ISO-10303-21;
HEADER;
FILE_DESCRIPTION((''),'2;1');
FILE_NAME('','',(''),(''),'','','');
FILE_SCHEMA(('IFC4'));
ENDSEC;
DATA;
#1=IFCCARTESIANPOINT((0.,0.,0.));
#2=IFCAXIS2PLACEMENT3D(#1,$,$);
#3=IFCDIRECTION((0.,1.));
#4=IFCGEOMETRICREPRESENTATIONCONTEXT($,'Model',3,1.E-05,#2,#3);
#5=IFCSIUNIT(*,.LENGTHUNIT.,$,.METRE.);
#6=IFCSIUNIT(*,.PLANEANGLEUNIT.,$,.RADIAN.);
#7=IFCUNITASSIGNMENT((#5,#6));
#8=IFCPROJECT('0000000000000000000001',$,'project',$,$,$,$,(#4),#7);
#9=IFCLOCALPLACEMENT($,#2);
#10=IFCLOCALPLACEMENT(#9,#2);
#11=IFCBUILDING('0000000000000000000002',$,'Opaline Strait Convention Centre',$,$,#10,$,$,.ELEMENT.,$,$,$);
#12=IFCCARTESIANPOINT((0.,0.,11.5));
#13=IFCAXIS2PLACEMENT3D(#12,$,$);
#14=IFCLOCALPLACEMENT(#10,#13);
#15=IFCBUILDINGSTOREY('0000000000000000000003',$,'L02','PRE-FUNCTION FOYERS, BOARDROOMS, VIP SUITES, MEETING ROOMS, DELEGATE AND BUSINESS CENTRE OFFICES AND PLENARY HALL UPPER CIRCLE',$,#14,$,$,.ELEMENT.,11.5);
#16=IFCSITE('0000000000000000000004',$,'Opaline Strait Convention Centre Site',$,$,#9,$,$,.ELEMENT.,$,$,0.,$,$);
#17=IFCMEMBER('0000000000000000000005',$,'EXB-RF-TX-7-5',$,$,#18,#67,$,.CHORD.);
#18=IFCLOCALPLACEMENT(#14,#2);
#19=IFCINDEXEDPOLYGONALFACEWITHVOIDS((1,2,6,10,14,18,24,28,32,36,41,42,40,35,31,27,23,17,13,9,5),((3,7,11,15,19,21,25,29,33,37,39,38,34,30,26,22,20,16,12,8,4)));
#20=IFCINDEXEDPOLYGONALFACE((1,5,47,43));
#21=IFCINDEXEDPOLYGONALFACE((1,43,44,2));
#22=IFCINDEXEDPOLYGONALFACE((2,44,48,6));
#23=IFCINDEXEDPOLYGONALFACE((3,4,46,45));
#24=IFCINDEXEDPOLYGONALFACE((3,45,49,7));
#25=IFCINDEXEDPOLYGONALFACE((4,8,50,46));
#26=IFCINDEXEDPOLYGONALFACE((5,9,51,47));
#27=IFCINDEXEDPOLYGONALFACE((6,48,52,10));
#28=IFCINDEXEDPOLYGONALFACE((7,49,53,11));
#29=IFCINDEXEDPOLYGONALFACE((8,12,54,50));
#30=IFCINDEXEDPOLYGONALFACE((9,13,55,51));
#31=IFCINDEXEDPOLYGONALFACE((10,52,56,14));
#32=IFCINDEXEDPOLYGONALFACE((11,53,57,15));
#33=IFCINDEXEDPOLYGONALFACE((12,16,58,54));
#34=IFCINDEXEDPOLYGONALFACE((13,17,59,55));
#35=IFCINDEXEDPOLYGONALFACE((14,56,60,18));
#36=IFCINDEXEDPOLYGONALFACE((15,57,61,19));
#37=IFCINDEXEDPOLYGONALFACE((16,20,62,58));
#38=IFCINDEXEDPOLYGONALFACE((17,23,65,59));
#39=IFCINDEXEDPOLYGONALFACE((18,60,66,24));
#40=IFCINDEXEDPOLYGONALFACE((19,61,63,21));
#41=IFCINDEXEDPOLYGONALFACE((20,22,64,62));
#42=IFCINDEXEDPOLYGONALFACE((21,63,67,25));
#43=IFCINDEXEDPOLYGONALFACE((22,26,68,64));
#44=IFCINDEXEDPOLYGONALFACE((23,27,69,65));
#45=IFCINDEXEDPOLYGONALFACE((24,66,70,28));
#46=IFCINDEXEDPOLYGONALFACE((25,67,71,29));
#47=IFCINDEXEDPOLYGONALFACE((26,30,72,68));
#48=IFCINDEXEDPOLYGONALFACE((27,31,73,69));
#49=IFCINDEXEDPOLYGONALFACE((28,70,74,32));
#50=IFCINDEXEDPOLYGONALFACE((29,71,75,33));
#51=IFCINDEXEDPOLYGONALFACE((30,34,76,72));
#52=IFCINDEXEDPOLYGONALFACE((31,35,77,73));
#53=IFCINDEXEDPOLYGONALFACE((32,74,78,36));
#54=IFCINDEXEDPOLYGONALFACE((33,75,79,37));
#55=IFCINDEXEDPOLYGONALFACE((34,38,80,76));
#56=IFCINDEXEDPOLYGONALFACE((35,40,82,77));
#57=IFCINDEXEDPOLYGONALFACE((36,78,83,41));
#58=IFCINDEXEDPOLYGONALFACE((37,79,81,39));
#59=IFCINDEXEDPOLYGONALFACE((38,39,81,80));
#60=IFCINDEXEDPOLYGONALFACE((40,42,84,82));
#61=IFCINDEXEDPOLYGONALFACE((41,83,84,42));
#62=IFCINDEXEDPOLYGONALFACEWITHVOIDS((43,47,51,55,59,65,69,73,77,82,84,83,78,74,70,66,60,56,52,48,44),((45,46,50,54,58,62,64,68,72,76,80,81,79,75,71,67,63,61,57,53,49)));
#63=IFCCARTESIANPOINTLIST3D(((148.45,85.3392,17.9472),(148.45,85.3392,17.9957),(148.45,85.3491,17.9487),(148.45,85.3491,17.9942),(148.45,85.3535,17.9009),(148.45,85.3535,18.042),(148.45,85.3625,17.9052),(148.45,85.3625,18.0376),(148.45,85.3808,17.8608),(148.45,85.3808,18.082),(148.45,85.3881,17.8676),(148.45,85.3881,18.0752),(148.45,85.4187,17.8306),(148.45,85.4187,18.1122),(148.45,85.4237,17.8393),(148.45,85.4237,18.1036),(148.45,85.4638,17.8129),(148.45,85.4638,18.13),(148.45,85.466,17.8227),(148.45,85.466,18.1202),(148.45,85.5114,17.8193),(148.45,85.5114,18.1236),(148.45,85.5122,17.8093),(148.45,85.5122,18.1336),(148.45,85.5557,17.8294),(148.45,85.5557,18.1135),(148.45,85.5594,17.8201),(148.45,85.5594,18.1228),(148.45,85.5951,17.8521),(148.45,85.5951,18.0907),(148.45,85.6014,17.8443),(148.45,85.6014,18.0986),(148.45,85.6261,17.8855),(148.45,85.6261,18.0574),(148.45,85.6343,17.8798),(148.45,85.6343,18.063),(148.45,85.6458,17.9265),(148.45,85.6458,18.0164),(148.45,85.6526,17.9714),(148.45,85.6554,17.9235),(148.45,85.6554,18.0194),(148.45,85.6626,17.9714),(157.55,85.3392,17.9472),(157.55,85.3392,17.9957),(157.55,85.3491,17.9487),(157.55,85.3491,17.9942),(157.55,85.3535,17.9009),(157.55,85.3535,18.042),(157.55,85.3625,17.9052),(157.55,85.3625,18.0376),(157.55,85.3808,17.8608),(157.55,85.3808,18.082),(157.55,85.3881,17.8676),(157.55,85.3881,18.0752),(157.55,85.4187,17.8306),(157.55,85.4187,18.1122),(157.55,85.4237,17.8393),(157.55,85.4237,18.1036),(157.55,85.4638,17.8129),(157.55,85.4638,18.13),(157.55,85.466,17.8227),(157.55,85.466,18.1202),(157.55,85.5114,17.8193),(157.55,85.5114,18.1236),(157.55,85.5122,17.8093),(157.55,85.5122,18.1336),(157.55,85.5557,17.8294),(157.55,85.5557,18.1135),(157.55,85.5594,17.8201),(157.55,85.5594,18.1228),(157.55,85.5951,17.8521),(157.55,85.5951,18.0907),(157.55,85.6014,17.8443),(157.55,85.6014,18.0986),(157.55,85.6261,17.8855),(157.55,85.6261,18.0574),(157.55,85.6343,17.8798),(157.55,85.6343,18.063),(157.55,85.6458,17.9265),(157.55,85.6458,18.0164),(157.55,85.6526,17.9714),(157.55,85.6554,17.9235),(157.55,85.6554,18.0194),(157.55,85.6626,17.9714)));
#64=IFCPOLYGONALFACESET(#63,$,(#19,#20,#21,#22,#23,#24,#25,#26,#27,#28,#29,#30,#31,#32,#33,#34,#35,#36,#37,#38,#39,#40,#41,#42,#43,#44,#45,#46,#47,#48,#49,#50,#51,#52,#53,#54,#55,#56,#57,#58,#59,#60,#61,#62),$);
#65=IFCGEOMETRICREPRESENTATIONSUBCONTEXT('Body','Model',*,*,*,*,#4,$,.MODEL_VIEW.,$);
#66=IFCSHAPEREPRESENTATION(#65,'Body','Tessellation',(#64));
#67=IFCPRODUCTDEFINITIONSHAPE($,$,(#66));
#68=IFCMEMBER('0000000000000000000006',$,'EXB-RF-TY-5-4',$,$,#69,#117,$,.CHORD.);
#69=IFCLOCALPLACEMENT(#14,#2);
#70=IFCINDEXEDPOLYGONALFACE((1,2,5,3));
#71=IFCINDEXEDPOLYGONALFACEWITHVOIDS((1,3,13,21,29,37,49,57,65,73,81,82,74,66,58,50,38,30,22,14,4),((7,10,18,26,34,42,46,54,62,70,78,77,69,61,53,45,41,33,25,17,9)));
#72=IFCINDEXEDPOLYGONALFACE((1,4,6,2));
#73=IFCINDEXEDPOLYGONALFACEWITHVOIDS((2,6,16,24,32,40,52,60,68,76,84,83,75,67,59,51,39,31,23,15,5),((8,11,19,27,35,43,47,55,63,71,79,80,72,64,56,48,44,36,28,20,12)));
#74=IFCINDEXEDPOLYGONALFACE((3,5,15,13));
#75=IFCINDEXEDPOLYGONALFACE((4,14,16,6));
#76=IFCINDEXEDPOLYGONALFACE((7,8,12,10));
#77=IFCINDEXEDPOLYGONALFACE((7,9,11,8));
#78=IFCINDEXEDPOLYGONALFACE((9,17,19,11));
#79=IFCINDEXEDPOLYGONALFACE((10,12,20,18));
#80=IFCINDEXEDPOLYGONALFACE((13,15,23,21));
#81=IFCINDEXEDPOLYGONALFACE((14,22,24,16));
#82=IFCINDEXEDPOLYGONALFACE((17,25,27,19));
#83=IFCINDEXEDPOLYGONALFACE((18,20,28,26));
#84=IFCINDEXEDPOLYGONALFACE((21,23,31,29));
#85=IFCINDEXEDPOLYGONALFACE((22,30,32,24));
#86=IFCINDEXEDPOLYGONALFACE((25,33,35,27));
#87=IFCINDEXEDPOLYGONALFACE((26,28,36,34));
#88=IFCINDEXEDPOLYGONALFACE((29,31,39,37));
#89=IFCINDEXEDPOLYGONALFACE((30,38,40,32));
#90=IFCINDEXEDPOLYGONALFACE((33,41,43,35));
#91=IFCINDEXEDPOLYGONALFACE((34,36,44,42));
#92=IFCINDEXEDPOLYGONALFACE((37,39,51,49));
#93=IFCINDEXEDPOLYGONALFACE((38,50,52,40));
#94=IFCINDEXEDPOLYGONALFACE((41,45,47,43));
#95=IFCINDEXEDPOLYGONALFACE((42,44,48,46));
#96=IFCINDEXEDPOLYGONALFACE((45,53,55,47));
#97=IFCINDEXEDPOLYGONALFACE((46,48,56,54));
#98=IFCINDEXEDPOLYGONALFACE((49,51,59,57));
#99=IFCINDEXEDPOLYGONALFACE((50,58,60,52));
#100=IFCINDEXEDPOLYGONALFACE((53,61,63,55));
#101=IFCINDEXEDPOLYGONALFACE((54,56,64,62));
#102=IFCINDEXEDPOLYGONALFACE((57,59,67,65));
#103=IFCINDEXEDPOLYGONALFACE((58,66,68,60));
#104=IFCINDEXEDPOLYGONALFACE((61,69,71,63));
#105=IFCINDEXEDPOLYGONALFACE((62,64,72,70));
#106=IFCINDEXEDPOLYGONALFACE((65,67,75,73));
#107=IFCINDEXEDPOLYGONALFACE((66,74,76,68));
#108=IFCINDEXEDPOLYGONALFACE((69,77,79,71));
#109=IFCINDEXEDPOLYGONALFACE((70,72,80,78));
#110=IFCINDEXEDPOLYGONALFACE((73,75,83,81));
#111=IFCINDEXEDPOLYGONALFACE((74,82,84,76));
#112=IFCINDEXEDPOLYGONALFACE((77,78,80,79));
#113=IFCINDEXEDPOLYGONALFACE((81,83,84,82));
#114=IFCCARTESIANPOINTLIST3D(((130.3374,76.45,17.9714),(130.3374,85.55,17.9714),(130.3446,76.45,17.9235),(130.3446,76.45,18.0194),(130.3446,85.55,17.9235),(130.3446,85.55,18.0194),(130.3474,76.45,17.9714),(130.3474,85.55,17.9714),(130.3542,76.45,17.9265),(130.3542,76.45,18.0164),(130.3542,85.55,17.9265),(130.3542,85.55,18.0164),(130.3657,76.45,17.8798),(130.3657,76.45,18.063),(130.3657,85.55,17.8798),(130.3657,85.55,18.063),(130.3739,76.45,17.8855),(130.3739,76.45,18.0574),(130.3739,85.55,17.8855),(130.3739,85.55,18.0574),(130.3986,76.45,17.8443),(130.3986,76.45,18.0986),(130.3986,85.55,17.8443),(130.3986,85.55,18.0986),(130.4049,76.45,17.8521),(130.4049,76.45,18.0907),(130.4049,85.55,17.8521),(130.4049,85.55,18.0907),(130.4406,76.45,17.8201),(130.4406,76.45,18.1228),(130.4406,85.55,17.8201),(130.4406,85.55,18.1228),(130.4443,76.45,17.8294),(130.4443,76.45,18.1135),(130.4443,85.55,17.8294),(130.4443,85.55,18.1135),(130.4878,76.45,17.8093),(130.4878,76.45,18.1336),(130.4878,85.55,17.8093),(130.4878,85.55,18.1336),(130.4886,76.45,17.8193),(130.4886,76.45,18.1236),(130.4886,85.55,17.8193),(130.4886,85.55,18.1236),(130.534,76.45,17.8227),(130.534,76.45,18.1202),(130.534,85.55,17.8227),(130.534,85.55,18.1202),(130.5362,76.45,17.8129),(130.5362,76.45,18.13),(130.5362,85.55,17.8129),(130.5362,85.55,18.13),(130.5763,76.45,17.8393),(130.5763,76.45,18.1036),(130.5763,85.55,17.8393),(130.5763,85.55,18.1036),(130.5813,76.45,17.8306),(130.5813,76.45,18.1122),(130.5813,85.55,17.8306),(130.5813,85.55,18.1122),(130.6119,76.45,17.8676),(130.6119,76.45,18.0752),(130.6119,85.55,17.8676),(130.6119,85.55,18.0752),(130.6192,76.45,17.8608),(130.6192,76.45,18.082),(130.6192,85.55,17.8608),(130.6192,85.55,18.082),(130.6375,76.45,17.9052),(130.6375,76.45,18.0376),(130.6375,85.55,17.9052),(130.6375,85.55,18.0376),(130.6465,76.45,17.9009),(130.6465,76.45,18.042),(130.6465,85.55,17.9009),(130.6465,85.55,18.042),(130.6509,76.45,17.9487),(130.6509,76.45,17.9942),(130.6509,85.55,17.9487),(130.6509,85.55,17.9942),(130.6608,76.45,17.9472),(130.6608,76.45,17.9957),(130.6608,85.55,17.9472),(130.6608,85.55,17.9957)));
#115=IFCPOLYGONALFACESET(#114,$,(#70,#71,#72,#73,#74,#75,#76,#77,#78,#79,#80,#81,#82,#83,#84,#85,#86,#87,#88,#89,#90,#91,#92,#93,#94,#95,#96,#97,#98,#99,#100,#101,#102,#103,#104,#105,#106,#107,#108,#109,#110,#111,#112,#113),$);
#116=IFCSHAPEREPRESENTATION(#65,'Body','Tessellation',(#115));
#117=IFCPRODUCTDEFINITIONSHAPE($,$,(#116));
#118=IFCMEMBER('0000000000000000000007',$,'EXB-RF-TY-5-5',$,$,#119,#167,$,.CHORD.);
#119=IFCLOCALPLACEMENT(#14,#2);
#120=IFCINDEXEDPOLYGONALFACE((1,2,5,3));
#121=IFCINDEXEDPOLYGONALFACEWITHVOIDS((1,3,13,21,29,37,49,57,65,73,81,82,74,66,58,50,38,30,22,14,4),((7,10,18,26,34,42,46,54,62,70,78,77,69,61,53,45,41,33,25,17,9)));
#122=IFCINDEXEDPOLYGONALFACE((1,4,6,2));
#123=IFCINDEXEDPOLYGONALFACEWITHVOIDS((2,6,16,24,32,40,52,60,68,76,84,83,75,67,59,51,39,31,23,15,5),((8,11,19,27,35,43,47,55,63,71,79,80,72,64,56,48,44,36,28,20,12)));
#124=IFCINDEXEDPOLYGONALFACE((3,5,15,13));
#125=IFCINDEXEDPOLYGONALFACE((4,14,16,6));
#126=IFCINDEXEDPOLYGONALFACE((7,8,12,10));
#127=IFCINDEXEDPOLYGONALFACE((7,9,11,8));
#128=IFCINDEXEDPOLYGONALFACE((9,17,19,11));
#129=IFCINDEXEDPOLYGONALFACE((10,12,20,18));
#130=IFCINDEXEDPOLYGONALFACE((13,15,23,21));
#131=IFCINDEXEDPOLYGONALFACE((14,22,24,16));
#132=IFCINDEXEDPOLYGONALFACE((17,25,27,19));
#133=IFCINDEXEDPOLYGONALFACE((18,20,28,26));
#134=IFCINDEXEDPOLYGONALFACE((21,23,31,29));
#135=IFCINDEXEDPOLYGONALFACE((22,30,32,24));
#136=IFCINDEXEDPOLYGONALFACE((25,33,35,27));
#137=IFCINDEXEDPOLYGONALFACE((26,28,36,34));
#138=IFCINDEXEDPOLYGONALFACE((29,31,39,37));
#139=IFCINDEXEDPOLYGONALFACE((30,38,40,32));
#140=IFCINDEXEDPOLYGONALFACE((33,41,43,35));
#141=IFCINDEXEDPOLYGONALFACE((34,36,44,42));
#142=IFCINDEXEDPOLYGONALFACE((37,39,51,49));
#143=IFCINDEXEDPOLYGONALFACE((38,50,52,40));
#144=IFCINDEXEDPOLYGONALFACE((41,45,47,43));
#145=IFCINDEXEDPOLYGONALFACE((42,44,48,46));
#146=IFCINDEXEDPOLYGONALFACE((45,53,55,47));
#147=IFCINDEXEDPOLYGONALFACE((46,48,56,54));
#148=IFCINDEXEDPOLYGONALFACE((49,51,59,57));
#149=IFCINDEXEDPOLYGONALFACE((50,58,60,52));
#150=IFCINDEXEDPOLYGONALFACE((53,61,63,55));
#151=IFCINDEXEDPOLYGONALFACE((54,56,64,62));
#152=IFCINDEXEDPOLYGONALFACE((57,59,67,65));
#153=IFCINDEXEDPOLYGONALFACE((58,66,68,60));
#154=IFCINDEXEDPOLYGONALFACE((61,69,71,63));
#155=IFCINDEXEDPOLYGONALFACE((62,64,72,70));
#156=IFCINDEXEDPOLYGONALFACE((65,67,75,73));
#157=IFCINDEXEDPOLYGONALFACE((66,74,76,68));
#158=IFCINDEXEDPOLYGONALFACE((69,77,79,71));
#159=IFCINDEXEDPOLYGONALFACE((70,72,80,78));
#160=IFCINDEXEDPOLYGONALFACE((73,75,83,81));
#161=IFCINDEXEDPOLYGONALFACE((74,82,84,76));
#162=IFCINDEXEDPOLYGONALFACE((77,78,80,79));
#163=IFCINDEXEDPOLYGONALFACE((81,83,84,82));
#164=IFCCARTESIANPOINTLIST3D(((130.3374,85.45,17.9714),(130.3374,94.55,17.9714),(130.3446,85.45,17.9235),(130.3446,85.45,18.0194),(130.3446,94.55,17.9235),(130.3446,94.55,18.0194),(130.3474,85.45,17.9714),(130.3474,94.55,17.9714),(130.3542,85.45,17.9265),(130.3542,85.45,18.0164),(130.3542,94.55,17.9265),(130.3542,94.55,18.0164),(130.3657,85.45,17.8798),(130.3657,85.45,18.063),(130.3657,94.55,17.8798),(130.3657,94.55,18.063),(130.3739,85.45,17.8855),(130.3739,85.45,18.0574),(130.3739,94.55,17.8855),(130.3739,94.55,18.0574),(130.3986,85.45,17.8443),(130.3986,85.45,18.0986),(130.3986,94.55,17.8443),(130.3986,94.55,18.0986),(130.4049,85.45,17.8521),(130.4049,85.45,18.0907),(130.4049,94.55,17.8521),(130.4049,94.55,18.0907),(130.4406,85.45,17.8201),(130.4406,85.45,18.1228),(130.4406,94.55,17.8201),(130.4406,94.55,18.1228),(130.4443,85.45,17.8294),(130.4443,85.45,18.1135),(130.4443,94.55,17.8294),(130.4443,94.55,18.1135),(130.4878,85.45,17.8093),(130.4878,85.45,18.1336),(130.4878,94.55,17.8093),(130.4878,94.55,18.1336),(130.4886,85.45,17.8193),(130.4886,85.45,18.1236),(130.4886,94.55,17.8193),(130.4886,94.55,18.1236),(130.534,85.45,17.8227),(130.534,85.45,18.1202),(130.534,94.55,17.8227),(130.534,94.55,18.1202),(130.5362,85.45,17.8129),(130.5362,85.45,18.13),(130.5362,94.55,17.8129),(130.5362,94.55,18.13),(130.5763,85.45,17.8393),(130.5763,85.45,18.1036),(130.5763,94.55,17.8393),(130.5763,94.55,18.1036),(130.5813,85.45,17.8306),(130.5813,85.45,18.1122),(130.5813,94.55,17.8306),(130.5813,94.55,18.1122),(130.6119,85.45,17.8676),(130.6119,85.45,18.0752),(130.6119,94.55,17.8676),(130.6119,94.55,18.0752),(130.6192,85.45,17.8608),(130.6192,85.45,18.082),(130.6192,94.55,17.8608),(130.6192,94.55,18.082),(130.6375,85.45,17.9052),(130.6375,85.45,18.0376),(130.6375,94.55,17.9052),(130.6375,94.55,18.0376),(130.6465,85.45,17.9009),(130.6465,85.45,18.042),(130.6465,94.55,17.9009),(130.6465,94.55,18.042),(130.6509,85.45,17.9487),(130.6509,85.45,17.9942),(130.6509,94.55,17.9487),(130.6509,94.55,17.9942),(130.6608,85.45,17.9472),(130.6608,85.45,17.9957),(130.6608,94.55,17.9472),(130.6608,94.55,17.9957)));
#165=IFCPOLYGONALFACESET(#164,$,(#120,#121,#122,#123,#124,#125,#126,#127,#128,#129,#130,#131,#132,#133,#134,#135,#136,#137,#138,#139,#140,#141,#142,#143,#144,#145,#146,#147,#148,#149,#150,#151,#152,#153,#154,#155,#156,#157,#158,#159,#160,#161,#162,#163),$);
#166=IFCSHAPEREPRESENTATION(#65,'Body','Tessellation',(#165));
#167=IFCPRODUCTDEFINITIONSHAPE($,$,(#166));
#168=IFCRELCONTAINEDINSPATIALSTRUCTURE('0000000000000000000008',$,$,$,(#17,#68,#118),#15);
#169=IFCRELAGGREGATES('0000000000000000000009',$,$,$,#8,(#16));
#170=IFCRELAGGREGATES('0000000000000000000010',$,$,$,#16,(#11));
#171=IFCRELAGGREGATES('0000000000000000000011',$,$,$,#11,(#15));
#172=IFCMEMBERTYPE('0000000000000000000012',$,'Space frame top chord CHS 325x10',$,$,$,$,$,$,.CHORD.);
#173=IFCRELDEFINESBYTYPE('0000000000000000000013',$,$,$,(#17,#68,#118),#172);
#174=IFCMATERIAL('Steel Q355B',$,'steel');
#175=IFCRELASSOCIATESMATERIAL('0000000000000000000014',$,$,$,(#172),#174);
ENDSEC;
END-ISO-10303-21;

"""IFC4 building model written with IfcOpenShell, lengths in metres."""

from ifc_helpers import new_model, si_unit, direction, frame, origin, origin_2d, place, context, subcontext, project, spatial, hollow_circle, extrude, material, material_profile, profile_set, type_object, element, save


model = new_model("IFC4")

# Units and contexts
model_context = context("Model", 3, precision=1e-05, world=origin(), true_north=direction((0.0, 1.0)))
body_context = subcontext(model_context, "Body", "Model", "MODEL_VIEW")
ifc_project = project(units=[si_unit("LENGTHUNIT", "METRE"), si_unit("PLANEANGLEUNIT", "RADIAN")], contexts=[model_context])

# Site, building, storey
site_placement = place(None, origin())
site = spatial("IfcSite", under=ifc_project, at=site_placement, Name="Opaline Strait Convention Centre Site", CompositionType="ELEMENT", RefElevation=0.0)
building_placement = place(site_placement, origin())
building = spatial("IfcBuilding", under=site, at=building_placement, Name="Opaline Strait Convention Centre", CompositionType="ELEMENT")
storey_placement = place(building_placement, frame((0.0, 0.0, 11.5)))
storey = spatial("IfcBuildingStorey", under=building, at=storey_placement, Name="L02", Description="PRE-FUNCTION FOYERS, BOARDROOMS, VIP SUITES, MEETING ROOMS, DELEGATE AND BUSINESS CENTRE OFFICES AND PLENARY HALL UPPER CIRCLE", CompositionType="ELEMENT", Elevation=11.5)

# Members
ifc_material_1 = material(Name="Steel Q355B", Category="steel")
ifc_material_profile_1 = material_profile(ifc_material_1, hollow_circle(Radius=0.1626, WallThickness=0.01, at=origin_2d()), Name="CHS 325x10")
ifc_profile_set_1 = profile_set([ifc_material_profile_1], Name="Steel Q355B")
member_type_1 = type_object("IfcMemberType", Name="Space frame top chord CHS 325x10", PredefinedType="CHORD", material=ifc_profile_set_1)
for number, where, z_axis, x_axis, name in (
    (1, (148.45, 85.5, 17.9714), (1.0, 0.0, 0.0), (0.0, 1.0, 0.0), "EXB-RF-TX-7-5"),
    (2, (130.5, 76.45, 17.9714), (0.0, 1.0, 0.0), (-1.0, 0.0, 0.0), "EXB-RF-TY-5-4"),
    (3, (130.5, 85.45, 17.9714), (0.0, 1.0, 0.0), (-1.0, 0.0, 0.0), "EXB-RF-TY-5-5"),
):
    element("IfcMember", number, at=place(storey_placement, frame(where, z_axis=z_axis, x_axis=x_axis)), inside=storey, type_object=member_type_1, Name=name, PredefinedType="CHORD", context=body_context, shape_type="SweptSolid", body=[
        extrude(hollow_circle(Radius=0.1626, WallThickness=0.01, at=origin_2d()), origin(), (0.0, 0.0, 1.0), 9.1001),
    ])

save(model, "model.ifc")
